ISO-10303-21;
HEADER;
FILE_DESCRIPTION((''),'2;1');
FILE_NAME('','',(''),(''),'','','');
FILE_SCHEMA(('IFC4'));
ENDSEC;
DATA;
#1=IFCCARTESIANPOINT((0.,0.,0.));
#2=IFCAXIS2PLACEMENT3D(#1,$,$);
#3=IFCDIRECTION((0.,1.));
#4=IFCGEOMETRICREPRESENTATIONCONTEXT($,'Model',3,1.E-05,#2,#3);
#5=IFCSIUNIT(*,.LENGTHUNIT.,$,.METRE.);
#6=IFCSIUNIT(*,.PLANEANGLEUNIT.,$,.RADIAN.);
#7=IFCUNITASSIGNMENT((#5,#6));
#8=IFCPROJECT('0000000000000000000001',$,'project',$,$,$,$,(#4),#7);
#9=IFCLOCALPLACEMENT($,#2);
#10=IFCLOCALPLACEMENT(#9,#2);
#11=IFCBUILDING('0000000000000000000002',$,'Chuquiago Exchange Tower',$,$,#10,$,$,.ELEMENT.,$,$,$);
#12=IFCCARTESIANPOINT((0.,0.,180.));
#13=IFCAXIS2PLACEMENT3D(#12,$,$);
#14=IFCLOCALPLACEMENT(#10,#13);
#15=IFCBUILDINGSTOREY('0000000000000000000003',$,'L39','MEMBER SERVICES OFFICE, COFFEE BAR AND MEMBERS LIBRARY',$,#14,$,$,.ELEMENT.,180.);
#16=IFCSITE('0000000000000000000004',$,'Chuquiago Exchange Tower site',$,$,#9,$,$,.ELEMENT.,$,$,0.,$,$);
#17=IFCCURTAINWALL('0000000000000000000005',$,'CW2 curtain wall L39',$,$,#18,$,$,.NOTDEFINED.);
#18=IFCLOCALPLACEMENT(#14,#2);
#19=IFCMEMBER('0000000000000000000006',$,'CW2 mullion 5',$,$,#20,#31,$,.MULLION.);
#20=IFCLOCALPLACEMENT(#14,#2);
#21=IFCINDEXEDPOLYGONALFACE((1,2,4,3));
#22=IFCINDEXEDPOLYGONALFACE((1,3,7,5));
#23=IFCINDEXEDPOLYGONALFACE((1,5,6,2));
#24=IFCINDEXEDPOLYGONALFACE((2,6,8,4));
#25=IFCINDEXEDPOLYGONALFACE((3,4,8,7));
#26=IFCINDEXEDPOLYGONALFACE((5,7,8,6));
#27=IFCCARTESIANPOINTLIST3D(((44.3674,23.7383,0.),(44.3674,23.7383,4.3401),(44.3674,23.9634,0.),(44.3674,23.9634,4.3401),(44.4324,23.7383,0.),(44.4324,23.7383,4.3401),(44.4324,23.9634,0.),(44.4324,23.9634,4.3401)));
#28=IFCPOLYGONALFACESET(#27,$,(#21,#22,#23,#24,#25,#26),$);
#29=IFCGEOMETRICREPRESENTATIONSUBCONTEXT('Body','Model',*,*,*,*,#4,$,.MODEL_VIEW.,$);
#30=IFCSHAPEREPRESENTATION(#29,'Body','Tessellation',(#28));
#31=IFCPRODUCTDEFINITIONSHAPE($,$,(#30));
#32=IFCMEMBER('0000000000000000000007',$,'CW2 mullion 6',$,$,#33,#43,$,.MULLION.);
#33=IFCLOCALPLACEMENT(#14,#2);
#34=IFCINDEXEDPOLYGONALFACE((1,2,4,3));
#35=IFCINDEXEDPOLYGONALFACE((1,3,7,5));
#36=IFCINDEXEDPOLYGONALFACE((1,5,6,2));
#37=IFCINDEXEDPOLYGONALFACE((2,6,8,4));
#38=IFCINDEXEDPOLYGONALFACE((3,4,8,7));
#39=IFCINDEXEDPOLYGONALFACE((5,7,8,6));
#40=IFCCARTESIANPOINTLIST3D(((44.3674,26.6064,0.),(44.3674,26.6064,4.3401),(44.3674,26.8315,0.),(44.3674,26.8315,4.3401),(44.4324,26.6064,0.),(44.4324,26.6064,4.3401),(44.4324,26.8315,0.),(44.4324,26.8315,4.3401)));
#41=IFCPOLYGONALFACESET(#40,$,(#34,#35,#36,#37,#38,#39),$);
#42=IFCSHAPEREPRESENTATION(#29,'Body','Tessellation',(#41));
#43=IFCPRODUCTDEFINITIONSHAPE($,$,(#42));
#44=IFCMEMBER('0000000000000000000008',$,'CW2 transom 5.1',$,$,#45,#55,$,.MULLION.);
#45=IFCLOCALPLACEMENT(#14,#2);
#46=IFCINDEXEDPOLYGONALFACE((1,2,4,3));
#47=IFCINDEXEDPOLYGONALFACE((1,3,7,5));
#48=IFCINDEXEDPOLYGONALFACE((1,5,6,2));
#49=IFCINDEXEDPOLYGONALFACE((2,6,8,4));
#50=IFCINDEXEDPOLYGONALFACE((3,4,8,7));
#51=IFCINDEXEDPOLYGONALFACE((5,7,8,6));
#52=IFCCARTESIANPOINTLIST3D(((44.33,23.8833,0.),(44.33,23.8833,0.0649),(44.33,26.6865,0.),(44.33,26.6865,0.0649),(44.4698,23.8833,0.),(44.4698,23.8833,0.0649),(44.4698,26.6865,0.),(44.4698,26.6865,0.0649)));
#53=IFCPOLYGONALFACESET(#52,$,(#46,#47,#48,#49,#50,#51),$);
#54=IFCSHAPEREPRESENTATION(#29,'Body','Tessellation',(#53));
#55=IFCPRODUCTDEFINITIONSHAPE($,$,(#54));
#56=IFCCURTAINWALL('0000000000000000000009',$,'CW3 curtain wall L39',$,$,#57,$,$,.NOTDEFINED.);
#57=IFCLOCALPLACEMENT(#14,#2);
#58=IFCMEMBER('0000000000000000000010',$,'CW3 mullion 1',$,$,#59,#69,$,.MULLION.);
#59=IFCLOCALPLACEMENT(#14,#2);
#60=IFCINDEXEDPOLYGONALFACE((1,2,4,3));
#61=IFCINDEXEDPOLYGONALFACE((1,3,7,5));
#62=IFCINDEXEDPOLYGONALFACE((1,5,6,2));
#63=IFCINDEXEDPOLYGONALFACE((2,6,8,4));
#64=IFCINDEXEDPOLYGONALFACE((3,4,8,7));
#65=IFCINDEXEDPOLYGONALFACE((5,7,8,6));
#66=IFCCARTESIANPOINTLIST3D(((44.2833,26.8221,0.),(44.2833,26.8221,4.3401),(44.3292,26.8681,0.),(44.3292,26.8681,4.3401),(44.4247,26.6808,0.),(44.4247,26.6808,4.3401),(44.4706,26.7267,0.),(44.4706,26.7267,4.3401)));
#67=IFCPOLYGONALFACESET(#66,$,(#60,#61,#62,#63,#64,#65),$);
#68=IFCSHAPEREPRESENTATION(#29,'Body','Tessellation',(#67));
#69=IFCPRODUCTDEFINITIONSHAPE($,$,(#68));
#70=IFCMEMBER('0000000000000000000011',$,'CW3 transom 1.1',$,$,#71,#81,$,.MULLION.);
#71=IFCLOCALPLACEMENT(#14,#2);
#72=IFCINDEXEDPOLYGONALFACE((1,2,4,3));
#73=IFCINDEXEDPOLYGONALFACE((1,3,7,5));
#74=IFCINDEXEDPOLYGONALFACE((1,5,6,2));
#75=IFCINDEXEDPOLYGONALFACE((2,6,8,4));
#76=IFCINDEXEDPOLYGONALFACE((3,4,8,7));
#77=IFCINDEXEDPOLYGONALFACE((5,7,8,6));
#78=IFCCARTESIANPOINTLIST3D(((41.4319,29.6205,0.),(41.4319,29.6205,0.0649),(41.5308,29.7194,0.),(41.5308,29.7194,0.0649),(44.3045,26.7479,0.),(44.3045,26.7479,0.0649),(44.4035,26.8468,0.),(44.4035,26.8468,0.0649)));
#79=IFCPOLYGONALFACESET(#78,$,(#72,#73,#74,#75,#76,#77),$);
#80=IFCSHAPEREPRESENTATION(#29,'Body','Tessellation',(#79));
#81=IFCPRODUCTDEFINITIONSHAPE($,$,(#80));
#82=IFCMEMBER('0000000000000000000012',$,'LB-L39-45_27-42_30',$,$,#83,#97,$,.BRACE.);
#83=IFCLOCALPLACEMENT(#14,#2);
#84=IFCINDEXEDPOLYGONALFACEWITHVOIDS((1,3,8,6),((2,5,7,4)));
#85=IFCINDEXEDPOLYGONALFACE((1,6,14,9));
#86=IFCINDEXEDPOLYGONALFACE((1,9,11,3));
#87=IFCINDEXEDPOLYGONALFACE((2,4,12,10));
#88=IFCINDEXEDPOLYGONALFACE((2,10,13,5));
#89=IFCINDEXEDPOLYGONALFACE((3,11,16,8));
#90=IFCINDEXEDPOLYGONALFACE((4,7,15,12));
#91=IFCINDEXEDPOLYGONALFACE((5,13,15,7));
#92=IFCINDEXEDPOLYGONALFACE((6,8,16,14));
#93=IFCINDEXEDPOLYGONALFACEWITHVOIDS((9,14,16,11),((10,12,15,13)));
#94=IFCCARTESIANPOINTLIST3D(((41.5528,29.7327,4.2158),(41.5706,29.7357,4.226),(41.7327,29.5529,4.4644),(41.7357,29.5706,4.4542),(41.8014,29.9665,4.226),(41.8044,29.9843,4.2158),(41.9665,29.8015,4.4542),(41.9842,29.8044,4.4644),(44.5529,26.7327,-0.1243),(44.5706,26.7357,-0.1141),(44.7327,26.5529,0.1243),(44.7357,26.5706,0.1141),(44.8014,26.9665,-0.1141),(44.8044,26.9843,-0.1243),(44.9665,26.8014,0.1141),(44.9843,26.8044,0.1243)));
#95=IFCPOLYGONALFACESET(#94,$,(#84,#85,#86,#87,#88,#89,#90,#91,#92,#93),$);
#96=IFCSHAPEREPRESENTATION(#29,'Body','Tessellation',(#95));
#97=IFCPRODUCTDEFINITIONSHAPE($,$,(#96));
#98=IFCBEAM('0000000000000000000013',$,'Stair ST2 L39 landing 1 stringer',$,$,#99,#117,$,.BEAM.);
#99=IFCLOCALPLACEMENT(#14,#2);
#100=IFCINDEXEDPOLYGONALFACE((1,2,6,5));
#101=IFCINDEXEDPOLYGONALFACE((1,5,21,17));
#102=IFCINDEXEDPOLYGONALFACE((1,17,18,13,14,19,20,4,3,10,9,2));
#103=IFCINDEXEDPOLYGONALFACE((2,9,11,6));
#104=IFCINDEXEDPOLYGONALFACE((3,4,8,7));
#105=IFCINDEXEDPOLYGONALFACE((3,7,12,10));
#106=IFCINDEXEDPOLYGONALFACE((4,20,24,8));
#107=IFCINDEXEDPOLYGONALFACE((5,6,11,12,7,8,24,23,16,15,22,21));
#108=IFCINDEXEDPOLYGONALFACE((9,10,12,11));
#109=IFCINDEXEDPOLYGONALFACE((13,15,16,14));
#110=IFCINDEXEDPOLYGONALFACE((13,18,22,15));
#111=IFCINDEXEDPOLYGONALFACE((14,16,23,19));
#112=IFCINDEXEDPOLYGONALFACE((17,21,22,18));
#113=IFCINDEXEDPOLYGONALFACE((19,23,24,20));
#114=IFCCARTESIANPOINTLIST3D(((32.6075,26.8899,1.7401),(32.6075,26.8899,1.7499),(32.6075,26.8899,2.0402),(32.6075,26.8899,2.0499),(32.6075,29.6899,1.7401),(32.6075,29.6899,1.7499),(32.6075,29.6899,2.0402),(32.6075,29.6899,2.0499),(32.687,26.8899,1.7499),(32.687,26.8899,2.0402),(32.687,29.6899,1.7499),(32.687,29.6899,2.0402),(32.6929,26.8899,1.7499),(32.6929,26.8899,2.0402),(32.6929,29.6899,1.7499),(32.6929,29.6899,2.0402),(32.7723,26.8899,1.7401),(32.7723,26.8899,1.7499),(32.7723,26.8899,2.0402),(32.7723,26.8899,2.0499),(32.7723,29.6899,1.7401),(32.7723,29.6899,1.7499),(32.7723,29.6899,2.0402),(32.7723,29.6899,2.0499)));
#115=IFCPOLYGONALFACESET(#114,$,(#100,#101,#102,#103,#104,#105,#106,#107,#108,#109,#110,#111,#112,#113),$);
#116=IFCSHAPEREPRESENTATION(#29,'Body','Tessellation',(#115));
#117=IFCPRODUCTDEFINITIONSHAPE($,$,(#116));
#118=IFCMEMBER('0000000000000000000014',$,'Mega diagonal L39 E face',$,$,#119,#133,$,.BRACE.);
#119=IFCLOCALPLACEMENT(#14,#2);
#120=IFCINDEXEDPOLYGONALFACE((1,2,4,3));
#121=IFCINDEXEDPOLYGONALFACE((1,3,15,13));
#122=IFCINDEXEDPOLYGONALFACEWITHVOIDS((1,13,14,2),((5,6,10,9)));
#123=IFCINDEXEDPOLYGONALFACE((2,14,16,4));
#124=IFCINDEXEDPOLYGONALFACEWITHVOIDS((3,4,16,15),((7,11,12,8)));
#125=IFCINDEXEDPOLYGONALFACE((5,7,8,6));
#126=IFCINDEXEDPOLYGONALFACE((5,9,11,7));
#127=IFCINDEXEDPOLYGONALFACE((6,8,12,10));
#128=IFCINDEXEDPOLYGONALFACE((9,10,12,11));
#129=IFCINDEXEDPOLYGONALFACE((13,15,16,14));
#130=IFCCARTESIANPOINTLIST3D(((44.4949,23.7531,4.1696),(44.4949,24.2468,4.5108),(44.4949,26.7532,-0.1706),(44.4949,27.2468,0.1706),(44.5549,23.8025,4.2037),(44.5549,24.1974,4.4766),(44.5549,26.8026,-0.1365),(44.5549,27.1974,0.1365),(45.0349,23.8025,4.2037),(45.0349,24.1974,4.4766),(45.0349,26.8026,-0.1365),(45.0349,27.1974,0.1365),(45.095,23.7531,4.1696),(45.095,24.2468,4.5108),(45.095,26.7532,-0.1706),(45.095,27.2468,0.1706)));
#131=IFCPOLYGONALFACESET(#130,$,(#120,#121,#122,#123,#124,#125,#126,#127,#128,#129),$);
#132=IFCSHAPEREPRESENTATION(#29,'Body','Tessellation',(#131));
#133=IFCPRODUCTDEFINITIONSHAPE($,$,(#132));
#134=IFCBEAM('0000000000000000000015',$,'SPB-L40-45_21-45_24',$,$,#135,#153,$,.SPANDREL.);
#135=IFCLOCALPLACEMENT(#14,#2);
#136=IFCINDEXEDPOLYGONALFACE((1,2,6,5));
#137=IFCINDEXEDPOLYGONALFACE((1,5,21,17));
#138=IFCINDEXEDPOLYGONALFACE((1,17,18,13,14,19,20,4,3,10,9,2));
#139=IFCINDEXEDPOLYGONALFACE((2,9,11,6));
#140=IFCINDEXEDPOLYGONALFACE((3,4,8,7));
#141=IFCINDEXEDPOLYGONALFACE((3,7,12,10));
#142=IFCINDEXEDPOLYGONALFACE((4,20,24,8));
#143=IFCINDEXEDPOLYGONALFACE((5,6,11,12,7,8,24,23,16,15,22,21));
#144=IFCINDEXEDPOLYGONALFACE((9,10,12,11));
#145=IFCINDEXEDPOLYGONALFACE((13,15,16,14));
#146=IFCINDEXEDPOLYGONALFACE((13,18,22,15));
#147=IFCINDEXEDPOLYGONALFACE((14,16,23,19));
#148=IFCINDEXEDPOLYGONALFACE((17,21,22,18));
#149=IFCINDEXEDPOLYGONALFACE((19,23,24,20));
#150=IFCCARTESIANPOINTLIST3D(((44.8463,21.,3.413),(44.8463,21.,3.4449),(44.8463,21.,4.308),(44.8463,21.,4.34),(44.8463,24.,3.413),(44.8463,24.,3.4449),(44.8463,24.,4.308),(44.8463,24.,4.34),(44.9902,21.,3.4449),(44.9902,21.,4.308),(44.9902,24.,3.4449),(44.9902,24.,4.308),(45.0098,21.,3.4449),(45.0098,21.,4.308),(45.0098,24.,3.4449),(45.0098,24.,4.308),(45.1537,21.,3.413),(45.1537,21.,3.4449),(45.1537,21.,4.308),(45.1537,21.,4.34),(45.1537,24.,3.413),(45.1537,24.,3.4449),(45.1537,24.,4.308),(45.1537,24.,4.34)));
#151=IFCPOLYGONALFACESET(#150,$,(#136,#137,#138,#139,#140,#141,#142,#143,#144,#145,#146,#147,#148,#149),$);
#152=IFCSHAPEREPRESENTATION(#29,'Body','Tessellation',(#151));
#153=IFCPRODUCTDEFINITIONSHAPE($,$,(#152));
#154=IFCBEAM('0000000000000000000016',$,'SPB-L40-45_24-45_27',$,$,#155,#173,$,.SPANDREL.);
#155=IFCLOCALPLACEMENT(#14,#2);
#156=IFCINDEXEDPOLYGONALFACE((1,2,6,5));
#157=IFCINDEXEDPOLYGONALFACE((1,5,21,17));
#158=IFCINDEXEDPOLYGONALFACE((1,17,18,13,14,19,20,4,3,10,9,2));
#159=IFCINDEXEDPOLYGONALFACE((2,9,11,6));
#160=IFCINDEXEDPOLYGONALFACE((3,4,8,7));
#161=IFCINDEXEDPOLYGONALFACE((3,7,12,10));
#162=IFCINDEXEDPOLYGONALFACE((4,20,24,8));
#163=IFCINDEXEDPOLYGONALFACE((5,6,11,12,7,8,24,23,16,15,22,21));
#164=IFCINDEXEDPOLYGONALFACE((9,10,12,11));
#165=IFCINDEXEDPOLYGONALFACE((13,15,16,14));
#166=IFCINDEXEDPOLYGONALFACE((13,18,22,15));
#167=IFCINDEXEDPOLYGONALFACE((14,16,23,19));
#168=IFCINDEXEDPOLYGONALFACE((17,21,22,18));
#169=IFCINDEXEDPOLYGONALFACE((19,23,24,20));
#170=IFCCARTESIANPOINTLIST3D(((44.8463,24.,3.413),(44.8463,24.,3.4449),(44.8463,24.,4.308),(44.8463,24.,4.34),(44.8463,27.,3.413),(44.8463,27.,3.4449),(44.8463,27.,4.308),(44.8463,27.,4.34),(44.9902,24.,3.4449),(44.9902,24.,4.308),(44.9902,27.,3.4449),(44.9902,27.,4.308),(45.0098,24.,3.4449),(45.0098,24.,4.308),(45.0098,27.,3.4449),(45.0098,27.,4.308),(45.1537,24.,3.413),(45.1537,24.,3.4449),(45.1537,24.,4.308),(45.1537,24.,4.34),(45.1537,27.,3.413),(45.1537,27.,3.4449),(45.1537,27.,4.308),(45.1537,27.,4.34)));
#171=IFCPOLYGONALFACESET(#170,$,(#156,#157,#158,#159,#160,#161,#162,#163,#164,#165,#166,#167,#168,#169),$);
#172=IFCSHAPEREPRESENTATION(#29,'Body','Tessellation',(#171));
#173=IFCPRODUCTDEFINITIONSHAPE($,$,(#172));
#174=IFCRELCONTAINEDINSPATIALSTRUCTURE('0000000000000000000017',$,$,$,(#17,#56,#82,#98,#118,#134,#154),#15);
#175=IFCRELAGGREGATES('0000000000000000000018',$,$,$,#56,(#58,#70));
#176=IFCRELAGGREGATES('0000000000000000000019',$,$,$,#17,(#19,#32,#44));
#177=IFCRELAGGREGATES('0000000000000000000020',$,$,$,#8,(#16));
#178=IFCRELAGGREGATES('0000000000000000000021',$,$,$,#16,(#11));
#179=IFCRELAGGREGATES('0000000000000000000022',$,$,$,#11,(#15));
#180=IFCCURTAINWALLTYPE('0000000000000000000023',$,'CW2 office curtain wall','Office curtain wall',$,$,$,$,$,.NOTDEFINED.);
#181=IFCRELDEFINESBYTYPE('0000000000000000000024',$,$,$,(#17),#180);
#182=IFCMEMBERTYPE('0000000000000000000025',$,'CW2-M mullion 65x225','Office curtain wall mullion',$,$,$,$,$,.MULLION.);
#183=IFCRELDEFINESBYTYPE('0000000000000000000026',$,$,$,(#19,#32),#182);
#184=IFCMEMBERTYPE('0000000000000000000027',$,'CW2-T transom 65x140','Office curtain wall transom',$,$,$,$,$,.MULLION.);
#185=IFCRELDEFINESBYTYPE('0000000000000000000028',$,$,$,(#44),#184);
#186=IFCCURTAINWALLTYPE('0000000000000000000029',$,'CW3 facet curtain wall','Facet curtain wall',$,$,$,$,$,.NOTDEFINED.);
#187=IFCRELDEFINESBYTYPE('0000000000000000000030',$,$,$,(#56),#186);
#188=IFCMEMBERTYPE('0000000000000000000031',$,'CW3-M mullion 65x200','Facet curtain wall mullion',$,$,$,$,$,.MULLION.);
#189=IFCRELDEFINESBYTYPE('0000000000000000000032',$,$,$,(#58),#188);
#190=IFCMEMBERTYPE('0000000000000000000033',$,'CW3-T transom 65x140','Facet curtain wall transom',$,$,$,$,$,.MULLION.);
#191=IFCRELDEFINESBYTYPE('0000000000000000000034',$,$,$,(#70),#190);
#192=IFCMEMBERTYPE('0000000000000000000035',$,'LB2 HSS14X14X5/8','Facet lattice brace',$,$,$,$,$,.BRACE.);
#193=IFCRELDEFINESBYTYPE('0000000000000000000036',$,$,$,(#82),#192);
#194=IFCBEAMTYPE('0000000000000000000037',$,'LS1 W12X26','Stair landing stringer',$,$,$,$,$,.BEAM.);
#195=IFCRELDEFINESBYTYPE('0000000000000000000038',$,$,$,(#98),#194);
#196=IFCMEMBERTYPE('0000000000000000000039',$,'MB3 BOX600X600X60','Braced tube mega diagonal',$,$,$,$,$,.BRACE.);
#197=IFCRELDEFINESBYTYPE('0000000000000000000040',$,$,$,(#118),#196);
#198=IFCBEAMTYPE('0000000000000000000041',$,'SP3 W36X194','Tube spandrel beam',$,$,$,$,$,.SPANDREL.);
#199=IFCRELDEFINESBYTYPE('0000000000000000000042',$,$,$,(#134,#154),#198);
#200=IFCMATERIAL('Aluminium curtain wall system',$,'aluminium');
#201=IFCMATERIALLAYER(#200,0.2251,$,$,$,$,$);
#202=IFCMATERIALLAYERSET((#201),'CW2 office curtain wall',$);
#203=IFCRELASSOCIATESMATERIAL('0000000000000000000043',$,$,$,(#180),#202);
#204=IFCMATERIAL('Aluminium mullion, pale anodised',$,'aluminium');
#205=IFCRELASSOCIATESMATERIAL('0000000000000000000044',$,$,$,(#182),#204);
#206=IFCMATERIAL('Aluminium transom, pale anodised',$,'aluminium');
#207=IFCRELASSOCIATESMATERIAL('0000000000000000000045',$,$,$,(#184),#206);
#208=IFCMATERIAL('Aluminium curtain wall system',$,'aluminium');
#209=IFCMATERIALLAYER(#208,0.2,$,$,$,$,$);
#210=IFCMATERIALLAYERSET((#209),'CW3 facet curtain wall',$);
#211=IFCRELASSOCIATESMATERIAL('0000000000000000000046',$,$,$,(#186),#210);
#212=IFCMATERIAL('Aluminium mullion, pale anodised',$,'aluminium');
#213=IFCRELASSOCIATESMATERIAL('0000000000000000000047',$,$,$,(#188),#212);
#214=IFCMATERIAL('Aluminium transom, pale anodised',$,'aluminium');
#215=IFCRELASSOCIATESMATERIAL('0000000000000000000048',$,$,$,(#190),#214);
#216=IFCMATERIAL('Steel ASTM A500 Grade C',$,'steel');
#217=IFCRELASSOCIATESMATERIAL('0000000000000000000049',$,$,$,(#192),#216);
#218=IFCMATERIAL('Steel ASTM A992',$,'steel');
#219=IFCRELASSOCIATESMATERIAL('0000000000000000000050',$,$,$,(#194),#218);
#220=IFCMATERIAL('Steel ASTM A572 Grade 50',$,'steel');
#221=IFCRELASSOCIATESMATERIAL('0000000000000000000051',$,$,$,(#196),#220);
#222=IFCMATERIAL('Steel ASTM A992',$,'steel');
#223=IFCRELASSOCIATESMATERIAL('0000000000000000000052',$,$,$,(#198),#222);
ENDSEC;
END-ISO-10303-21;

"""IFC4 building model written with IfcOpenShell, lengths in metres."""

from ifc_helpers import new_model, si_unit, direction, frame, origin, origin_2d, place, context, subcontext, project, spatial, rectangle, hollow_rectangle, i_section, extrude, material, layer, layer_set, material_profile, profile_set, type_object, element, aggregate, save


model = new_model("IFC4")

# Units and contexts
model_context = context("Model", 3, precision=1e-05, world=origin(), true_north=direction((0.0, 1.0)))
body_context = subcontext(model_context, "Body", "Model", "MODEL_VIEW")
ifc_project = project(units=[si_unit("LENGTHUNIT", "METRE"), si_unit("PLANEANGLEUNIT", "RADIAN")], contexts=[model_context])

# Site, building, storey
site_placement = place(None, origin())
site = spatial("IfcSite", under=ifc_project, at=site_placement, Name="Chuquiago Exchange Tower site", CompositionType="ELEMENT", RefElevation=0.0)
building_placement = place(site_placement, origin())
building = spatial("IfcBuilding", under=site, at=building_placement, Name="Chuquiago Exchange Tower", CompositionType="ELEMENT")
storey_placement = place(building_placement, frame((0.0, 0.0, 180.0)))
storey = spatial("IfcBuildingStorey", under=building, at=storey_placement, Name="L39", Description="MEMBER SERVICES OFFICE, COFFEE BAR AND MEMBERS LIBRARY", CompositionType="ELEMENT", Elevation=180.0)

# Curtain walls, members
ifc_material_1 = material(Name="Aluminium curtain wall system", Category="aluminium")
ifc_layer_1 = layer(ifc_material_1, 0.2251)
ifc_layer_set_1 = layer_set([ifc_layer_1], Name="CW2 office curtain wall")
curtain_wall_type_1 = type_object("IfcCurtainWallType", Name="CW2 office curtain wall", Description="Office curtain wall", PredefinedType="NOTDEFINED", material=ifc_layer_set_1)
curtain_wall_1_placement = place(storey_placement, origin())
curtain_wall_1 = element("IfcCurtainWall", 1, at=curtain_wall_1_placement, inside=storey, type_object=curtain_wall_type_1, Name="CW2 curtain wall L39", PredefinedType="NOTDEFINED")
ifc_material_2 = material(Name="Aluminium mullion, pale anodised", Category="aluminium")
ifc_material_profile_1 = material_profile(ifc_material_2, rectangle(XDim=0.0649, YDim=0.2251, at=origin_2d()), Name="AL 65x225")
ifc_profile_set_1 = profile_set([ifc_material_profile_1], Name="Aluminium mullion, pale anodised")
member_type_1 = type_object("IfcMemberType", Name="CW2-M mullion 65x225", Description="Office curtain wall mullion", PredefinedType="MULLION", material=ifc_profile_set_1)
member_1_placement = place(storey_placement, frame((44.3999, 23.8508, 0.0), z_axis=(0.0, 0.0, 1.0), x_axis=(-1.0, 0.0, 0.0)))
member_1 = element("IfcMember", 2, at=member_1_placement, type_object=member_type_1, Name="CW2 mullion 5", PredefinedType="MULLION", context=body_context, shape_type="SweptSolid", body=[
    extrude(rectangle(XDim=0.0649, YDim=0.2251, at=origin_2d()), origin(), (0.0, 0.0, 1.0), 4.3401),
])
member_2_placement = place(storey_placement, frame((44.3999, 26.719, 0.0), z_axis=(0.0, 0.0, 1.0), x_axis=(-1.0, 0.0, 0.0)))
member_2 = element("IfcMember", 3, at=member_2_placement, type_object=member_type_1, Name="CW2 mullion 6", PredefinedType="MULLION", context=body_context, shape_type="SweptSolid", body=[
    extrude(rectangle(XDim=0.0649, YDim=0.2251, at=origin_2d()), origin(), (0.0, 0.0, 1.0), 4.3401),
])
ifc_material_3 = material(Name="Aluminium transom, pale anodised", Category="aluminium")
ifc_material_profile_2 = material_profile(ifc_material_3, rectangle(XDim=0.1399, YDim=0.0649, at=origin_2d()), Name="AL 140x65")
ifc_profile_set_2 = profile_set([ifc_material_profile_2], Name="Aluminium transom, pale anodised")
member_type_2 = type_object("IfcMemberType", Name="CW2-T transom 65x140", Description="Office curtain wall transom", PredefinedType="MULLION", material=ifc_profile_set_2)
member_3_placement = place(storey_placement, frame((44.3999, 23.8833, 0.0325), z_axis=(0.0, 1.0, 0.0), x_axis=(-1.0, 0.0, 0.0)))
member_3 = element("IfcMember", 4, at=member_3_placement, type_object=member_type_2, Name="CW2 transom 5.1", PredefinedType="MULLION", context=body_context, shape_type="SweptSolid", body=[
    extrude(rectangle(XDim=0.1399, YDim=0.0649, at=origin_2d()), origin(), (0.0, 0.0, 1.0), 2.8032),
])
ifc_material_4 = material(Name="Aluminium curtain wall system", Category="aluminium")
ifc_layer_2 = layer(ifc_material_4, 0.2)
ifc_layer_set_2 = layer_set([ifc_layer_2], Name="CW3 facet curtain wall")
curtain_wall_type_2 = type_object("IfcCurtainWallType", Name="CW3 facet curtain wall", Description="Facet curtain wall", PredefinedType="NOTDEFINED", material=ifc_layer_set_2)
curtain_wall_2_placement = place(storey_placement, origin())
curtain_wall_2 = element("IfcCurtainWall", 5, at=curtain_wall_2_placement, inside=storey, type_object=curtain_wall_type_2, Name="CW3 curtain wall L39", PredefinedType="NOTDEFINED")
ifc_material_5 = material(Name="Aluminium mullion, pale anodised", Category="aluminium")
ifc_material_profile_3 = material_profile(ifc_material_5, rectangle(XDim=0.0649, YDim=0.2, at=origin_2d()), Name="AL 65x200")
ifc_profile_set_3 = profile_set([ifc_material_profile_3], Name="Aluminium mullion, pale anodised")
member_type_3 = type_object("IfcMemberType", Name="CW3-M mullion 65x200", Description="Facet curtain wall mullion", PredefinedType="MULLION", material=ifc_profile_set_3)
member_4_placement = place(storey_placement, frame((44.377, 26.7744, 0.0), z_axis=(0.0, 0.0, 1.0), x_axis=(-0.707107, -0.707107, 0.0)))
member_4 = element("IfcMember", 6, at=member_4_placement, type_object=member_type_3, Name="CW3 mullion 1", PredefinedType="MULLION", context=body_context, shape_type="SweptSolid", body=[
    extrude(rectangle(XDim=0.0649, YDim=0.2, at=origin_2d()), origin(), (0.0, 0.0, 1.0), 4.3401),
])
ifc_material_6 = material(Name="Aluminium transom, pale anodised", Category="aluminium")
ifc_material_profile_4 = material_profile(ifc_material_6, rectangle(XDim=0.1399, YDim=0.0649, at=origin_2d()), Name="AL 140x65")
ifc_profile_set_4 = profile_set([ifc_material_profile_4], Name="Aluminium transom, pale anodised")
member_type_4 = type_object("IfcMemberType", Name="CW3-T transom 65x140", Description="Facet curtain wall transom", PredefinedType="MULLION", material=ifc_profile_set_4)
member_5_placement = place(storey_placement, frame((44.354, 26.7974, 0.0325), z_axis=(-0.707107, 0.707107, 0.0), x_axis=(-0.707107, -0.707107, 0.0)))
member_5 = element("IfcMember", 7, at=member_5_placement, type_object=member_type_4, Name="CW3 transom 1.1", PredefinedType="MULLION", context=body_context, shape_type="SweptSolid", body=[
    extrude(rectangle(XDim=0.1399, YDim=0.0649, at=origin_2d()), origin(), (0.0, 0.0, 1.0), 4.0625),
])
aggregate(curtain_wall_2, [member_4, member_5])

# Member
ifc_material_7 = material(Name="Steel ASTM A500 Grade C", Category="steel")
ifc_material_profile_5 = material_profile(ifc_material_7, hollow_rectangle(XDim=0.3557, YDim=0.3557, WallThickness=0.0146, at=origin_2d()), Name="HSS14X14X5/8")
ifc_profile_set_5 = profile_set([ifc_material_profile_5], Name="Steel ASTM A500 Grade C")
member_type_5 = type_object("IfcMemberType", Name="LB2 HSS14X14X5/8", Description="Facet lattice brace", PredefinedType="BRACE", material=ifc_profile_set_5)
member_6_placement = place(storey_placement, frame((44.7686, 26.7686, 0.0), z_axis=(-0.494291, 0.494291, 0.715089), x_axis=(-0.707107, -0.707107, 0.0)))
element("IfcMember", 8, at=member_6_placement, inside=storey, type_object=member_type_5, Name="LB-L39-45_27-42_30", PredefinedType="BRACE", context=body_context, shape_type="SweptSolid", body=[
    extrude(hollow_rectangle(XDim=0.3557, YDim=0.3557, WallThickness=0.0146, at=origin_2d()), origin(), (0.0, 0.0, 1.0), 6.0693),
])

# Beam
ifc_material_8 = material(Name="Steel ASTM A992", Category="steel")
ifc_material_profile_6 = material_profile(ifc_material_8, i_section(OverallWidth=0.1648, OverallDepth=0.3098, WebThickness=0.0059, FlangeThickness=0.0098, at=origin_2d()), Name="W12X26")
ifc_profile_set_6 = profile_set([ifc_material_profile_6], Name="Steel ASTM A992")
beam_type_1 = type_object("IfcBeamType", Name="LS1 W12X26", Description="Stair landing stringer", PredefinedType="BEAM", material=ifc_profile_set_6)
beam_1_placement = place(storey_placement, frame((32.6899, 26.8899, 1.895), z_axis=(0.0, 1.0, 0.0), x_axis=(-1.0, 0.0, 0.0)))
element("IfcBeam", 9, at=beam_1_placement, inside=storey, type_object=beam_type_1, Name="Stair ST2 L39 landing 1 stringer", PredefinedType="BEAM", context=body_context, shape_type="SweptSolid", body=[
    extrude(i_section(OverallWidth=0.1648, OverallDepth=0.3098, WebThickness=0.0059, FlangeThickness=0.0098, at=origin_2d()), origin(), (0.0, 0.0, 1.0), 2.8),
])

# Member
ifc_material_9 = material(Name="Steel ASTM A572 Grade 50", Category="steel")
ifc_material_profile_7 = material_profile(ifc_material_9, hollow_rectangle(XDim=0.6001, YDim=0.6001, WallThickness=0.0601, at=origin_2d()), Name="BOX600X600X60")
ifc_profile_set_7 = profile_set([ifc_material_profile_7], Name="Steel ASTM A572 Grade 50")
member_type_6 = type_object("IfcMemberType", Name="MB3 BOX600X600X60", Description="Braced tube mega diagonal", PredefinedType="BRACE", material=ifc_profile_set_7)
member_7_placement = place(storey_placement, frame((44.7949, 27.0, 0.0), z_axis=(0.0, -0.568611, 0.822607), x_axis=(1.0, 0.0, 0.0)))
element("IfcMember", 10, at=member_7_placement, inside=storey, type_object=member_type_6, Name="Mega diagonal L39 E face", PredefinedType="BRACE", context=body_context, shape_type="SweptSolid", body=[
    extrude(hollow_rectangle(XDim=0.6001, YDim=0.6001, WallThickness=0.0601, at=origin_2d()), origin(), (0.0, 0.0, 1.0), 5.2761),
])

# Beams
ifc_material_10 = material(Name="Steel ASTM A992", Category="steel")
ifc_material_profile_8 = material_profile(ifc_material_10, i_section(OverallWidth=0.3074, OverallDepth=0.927, WebThickness=0.0195, FlangeThickness=0.032, at=origin_2d()), Name="W36X194")
ifc_profile_set_8 = profile_set([ifc_material_profile_8], Name="Steel ASTM A992")
beam_type_2 = type_object("IfcBeamType", Name="SP3 W36X194", Description="Tube spandrel beam", PredefinedType="SPANDREL", material=ifc_profile_set_8)
for number, where, z_axis, x_axis, name in (
    (11, (45.0, 21.0, 3.8765), (0.0, 1.0, 0.0), (-1.0, 0.0, 0.0), "SPB-L40-45_21-45_24"),
    (12, (45.0, 24.0, 3.8765), (0.0, 1.0, 0.0), (-1.0, 0.0, 0.0), "SPB-L40-45_24-45_27"),
):
    element("IfcBeam", number, at=place(storey_placement, frame(where, z_axis=z_axis, x_axis=x_axis)), inside=storey, type_object=beam_type_2, Name=name, PredefinedType="SPANDREL", context=body_context, shape_type="SweptSolid", body=[
        extrude(i_section(OverallWidth=0.3074, OverallDepth=0.927, WebThickness=0.0195, FlangeThickness=0.032, at=origin_2d()), origin(), (0.0, 0.0, 1.0), 3.0),
    ])

aggregate(curtain_wall_1, [member_1, member_2, member_3])

save(model, "model.ifc")
